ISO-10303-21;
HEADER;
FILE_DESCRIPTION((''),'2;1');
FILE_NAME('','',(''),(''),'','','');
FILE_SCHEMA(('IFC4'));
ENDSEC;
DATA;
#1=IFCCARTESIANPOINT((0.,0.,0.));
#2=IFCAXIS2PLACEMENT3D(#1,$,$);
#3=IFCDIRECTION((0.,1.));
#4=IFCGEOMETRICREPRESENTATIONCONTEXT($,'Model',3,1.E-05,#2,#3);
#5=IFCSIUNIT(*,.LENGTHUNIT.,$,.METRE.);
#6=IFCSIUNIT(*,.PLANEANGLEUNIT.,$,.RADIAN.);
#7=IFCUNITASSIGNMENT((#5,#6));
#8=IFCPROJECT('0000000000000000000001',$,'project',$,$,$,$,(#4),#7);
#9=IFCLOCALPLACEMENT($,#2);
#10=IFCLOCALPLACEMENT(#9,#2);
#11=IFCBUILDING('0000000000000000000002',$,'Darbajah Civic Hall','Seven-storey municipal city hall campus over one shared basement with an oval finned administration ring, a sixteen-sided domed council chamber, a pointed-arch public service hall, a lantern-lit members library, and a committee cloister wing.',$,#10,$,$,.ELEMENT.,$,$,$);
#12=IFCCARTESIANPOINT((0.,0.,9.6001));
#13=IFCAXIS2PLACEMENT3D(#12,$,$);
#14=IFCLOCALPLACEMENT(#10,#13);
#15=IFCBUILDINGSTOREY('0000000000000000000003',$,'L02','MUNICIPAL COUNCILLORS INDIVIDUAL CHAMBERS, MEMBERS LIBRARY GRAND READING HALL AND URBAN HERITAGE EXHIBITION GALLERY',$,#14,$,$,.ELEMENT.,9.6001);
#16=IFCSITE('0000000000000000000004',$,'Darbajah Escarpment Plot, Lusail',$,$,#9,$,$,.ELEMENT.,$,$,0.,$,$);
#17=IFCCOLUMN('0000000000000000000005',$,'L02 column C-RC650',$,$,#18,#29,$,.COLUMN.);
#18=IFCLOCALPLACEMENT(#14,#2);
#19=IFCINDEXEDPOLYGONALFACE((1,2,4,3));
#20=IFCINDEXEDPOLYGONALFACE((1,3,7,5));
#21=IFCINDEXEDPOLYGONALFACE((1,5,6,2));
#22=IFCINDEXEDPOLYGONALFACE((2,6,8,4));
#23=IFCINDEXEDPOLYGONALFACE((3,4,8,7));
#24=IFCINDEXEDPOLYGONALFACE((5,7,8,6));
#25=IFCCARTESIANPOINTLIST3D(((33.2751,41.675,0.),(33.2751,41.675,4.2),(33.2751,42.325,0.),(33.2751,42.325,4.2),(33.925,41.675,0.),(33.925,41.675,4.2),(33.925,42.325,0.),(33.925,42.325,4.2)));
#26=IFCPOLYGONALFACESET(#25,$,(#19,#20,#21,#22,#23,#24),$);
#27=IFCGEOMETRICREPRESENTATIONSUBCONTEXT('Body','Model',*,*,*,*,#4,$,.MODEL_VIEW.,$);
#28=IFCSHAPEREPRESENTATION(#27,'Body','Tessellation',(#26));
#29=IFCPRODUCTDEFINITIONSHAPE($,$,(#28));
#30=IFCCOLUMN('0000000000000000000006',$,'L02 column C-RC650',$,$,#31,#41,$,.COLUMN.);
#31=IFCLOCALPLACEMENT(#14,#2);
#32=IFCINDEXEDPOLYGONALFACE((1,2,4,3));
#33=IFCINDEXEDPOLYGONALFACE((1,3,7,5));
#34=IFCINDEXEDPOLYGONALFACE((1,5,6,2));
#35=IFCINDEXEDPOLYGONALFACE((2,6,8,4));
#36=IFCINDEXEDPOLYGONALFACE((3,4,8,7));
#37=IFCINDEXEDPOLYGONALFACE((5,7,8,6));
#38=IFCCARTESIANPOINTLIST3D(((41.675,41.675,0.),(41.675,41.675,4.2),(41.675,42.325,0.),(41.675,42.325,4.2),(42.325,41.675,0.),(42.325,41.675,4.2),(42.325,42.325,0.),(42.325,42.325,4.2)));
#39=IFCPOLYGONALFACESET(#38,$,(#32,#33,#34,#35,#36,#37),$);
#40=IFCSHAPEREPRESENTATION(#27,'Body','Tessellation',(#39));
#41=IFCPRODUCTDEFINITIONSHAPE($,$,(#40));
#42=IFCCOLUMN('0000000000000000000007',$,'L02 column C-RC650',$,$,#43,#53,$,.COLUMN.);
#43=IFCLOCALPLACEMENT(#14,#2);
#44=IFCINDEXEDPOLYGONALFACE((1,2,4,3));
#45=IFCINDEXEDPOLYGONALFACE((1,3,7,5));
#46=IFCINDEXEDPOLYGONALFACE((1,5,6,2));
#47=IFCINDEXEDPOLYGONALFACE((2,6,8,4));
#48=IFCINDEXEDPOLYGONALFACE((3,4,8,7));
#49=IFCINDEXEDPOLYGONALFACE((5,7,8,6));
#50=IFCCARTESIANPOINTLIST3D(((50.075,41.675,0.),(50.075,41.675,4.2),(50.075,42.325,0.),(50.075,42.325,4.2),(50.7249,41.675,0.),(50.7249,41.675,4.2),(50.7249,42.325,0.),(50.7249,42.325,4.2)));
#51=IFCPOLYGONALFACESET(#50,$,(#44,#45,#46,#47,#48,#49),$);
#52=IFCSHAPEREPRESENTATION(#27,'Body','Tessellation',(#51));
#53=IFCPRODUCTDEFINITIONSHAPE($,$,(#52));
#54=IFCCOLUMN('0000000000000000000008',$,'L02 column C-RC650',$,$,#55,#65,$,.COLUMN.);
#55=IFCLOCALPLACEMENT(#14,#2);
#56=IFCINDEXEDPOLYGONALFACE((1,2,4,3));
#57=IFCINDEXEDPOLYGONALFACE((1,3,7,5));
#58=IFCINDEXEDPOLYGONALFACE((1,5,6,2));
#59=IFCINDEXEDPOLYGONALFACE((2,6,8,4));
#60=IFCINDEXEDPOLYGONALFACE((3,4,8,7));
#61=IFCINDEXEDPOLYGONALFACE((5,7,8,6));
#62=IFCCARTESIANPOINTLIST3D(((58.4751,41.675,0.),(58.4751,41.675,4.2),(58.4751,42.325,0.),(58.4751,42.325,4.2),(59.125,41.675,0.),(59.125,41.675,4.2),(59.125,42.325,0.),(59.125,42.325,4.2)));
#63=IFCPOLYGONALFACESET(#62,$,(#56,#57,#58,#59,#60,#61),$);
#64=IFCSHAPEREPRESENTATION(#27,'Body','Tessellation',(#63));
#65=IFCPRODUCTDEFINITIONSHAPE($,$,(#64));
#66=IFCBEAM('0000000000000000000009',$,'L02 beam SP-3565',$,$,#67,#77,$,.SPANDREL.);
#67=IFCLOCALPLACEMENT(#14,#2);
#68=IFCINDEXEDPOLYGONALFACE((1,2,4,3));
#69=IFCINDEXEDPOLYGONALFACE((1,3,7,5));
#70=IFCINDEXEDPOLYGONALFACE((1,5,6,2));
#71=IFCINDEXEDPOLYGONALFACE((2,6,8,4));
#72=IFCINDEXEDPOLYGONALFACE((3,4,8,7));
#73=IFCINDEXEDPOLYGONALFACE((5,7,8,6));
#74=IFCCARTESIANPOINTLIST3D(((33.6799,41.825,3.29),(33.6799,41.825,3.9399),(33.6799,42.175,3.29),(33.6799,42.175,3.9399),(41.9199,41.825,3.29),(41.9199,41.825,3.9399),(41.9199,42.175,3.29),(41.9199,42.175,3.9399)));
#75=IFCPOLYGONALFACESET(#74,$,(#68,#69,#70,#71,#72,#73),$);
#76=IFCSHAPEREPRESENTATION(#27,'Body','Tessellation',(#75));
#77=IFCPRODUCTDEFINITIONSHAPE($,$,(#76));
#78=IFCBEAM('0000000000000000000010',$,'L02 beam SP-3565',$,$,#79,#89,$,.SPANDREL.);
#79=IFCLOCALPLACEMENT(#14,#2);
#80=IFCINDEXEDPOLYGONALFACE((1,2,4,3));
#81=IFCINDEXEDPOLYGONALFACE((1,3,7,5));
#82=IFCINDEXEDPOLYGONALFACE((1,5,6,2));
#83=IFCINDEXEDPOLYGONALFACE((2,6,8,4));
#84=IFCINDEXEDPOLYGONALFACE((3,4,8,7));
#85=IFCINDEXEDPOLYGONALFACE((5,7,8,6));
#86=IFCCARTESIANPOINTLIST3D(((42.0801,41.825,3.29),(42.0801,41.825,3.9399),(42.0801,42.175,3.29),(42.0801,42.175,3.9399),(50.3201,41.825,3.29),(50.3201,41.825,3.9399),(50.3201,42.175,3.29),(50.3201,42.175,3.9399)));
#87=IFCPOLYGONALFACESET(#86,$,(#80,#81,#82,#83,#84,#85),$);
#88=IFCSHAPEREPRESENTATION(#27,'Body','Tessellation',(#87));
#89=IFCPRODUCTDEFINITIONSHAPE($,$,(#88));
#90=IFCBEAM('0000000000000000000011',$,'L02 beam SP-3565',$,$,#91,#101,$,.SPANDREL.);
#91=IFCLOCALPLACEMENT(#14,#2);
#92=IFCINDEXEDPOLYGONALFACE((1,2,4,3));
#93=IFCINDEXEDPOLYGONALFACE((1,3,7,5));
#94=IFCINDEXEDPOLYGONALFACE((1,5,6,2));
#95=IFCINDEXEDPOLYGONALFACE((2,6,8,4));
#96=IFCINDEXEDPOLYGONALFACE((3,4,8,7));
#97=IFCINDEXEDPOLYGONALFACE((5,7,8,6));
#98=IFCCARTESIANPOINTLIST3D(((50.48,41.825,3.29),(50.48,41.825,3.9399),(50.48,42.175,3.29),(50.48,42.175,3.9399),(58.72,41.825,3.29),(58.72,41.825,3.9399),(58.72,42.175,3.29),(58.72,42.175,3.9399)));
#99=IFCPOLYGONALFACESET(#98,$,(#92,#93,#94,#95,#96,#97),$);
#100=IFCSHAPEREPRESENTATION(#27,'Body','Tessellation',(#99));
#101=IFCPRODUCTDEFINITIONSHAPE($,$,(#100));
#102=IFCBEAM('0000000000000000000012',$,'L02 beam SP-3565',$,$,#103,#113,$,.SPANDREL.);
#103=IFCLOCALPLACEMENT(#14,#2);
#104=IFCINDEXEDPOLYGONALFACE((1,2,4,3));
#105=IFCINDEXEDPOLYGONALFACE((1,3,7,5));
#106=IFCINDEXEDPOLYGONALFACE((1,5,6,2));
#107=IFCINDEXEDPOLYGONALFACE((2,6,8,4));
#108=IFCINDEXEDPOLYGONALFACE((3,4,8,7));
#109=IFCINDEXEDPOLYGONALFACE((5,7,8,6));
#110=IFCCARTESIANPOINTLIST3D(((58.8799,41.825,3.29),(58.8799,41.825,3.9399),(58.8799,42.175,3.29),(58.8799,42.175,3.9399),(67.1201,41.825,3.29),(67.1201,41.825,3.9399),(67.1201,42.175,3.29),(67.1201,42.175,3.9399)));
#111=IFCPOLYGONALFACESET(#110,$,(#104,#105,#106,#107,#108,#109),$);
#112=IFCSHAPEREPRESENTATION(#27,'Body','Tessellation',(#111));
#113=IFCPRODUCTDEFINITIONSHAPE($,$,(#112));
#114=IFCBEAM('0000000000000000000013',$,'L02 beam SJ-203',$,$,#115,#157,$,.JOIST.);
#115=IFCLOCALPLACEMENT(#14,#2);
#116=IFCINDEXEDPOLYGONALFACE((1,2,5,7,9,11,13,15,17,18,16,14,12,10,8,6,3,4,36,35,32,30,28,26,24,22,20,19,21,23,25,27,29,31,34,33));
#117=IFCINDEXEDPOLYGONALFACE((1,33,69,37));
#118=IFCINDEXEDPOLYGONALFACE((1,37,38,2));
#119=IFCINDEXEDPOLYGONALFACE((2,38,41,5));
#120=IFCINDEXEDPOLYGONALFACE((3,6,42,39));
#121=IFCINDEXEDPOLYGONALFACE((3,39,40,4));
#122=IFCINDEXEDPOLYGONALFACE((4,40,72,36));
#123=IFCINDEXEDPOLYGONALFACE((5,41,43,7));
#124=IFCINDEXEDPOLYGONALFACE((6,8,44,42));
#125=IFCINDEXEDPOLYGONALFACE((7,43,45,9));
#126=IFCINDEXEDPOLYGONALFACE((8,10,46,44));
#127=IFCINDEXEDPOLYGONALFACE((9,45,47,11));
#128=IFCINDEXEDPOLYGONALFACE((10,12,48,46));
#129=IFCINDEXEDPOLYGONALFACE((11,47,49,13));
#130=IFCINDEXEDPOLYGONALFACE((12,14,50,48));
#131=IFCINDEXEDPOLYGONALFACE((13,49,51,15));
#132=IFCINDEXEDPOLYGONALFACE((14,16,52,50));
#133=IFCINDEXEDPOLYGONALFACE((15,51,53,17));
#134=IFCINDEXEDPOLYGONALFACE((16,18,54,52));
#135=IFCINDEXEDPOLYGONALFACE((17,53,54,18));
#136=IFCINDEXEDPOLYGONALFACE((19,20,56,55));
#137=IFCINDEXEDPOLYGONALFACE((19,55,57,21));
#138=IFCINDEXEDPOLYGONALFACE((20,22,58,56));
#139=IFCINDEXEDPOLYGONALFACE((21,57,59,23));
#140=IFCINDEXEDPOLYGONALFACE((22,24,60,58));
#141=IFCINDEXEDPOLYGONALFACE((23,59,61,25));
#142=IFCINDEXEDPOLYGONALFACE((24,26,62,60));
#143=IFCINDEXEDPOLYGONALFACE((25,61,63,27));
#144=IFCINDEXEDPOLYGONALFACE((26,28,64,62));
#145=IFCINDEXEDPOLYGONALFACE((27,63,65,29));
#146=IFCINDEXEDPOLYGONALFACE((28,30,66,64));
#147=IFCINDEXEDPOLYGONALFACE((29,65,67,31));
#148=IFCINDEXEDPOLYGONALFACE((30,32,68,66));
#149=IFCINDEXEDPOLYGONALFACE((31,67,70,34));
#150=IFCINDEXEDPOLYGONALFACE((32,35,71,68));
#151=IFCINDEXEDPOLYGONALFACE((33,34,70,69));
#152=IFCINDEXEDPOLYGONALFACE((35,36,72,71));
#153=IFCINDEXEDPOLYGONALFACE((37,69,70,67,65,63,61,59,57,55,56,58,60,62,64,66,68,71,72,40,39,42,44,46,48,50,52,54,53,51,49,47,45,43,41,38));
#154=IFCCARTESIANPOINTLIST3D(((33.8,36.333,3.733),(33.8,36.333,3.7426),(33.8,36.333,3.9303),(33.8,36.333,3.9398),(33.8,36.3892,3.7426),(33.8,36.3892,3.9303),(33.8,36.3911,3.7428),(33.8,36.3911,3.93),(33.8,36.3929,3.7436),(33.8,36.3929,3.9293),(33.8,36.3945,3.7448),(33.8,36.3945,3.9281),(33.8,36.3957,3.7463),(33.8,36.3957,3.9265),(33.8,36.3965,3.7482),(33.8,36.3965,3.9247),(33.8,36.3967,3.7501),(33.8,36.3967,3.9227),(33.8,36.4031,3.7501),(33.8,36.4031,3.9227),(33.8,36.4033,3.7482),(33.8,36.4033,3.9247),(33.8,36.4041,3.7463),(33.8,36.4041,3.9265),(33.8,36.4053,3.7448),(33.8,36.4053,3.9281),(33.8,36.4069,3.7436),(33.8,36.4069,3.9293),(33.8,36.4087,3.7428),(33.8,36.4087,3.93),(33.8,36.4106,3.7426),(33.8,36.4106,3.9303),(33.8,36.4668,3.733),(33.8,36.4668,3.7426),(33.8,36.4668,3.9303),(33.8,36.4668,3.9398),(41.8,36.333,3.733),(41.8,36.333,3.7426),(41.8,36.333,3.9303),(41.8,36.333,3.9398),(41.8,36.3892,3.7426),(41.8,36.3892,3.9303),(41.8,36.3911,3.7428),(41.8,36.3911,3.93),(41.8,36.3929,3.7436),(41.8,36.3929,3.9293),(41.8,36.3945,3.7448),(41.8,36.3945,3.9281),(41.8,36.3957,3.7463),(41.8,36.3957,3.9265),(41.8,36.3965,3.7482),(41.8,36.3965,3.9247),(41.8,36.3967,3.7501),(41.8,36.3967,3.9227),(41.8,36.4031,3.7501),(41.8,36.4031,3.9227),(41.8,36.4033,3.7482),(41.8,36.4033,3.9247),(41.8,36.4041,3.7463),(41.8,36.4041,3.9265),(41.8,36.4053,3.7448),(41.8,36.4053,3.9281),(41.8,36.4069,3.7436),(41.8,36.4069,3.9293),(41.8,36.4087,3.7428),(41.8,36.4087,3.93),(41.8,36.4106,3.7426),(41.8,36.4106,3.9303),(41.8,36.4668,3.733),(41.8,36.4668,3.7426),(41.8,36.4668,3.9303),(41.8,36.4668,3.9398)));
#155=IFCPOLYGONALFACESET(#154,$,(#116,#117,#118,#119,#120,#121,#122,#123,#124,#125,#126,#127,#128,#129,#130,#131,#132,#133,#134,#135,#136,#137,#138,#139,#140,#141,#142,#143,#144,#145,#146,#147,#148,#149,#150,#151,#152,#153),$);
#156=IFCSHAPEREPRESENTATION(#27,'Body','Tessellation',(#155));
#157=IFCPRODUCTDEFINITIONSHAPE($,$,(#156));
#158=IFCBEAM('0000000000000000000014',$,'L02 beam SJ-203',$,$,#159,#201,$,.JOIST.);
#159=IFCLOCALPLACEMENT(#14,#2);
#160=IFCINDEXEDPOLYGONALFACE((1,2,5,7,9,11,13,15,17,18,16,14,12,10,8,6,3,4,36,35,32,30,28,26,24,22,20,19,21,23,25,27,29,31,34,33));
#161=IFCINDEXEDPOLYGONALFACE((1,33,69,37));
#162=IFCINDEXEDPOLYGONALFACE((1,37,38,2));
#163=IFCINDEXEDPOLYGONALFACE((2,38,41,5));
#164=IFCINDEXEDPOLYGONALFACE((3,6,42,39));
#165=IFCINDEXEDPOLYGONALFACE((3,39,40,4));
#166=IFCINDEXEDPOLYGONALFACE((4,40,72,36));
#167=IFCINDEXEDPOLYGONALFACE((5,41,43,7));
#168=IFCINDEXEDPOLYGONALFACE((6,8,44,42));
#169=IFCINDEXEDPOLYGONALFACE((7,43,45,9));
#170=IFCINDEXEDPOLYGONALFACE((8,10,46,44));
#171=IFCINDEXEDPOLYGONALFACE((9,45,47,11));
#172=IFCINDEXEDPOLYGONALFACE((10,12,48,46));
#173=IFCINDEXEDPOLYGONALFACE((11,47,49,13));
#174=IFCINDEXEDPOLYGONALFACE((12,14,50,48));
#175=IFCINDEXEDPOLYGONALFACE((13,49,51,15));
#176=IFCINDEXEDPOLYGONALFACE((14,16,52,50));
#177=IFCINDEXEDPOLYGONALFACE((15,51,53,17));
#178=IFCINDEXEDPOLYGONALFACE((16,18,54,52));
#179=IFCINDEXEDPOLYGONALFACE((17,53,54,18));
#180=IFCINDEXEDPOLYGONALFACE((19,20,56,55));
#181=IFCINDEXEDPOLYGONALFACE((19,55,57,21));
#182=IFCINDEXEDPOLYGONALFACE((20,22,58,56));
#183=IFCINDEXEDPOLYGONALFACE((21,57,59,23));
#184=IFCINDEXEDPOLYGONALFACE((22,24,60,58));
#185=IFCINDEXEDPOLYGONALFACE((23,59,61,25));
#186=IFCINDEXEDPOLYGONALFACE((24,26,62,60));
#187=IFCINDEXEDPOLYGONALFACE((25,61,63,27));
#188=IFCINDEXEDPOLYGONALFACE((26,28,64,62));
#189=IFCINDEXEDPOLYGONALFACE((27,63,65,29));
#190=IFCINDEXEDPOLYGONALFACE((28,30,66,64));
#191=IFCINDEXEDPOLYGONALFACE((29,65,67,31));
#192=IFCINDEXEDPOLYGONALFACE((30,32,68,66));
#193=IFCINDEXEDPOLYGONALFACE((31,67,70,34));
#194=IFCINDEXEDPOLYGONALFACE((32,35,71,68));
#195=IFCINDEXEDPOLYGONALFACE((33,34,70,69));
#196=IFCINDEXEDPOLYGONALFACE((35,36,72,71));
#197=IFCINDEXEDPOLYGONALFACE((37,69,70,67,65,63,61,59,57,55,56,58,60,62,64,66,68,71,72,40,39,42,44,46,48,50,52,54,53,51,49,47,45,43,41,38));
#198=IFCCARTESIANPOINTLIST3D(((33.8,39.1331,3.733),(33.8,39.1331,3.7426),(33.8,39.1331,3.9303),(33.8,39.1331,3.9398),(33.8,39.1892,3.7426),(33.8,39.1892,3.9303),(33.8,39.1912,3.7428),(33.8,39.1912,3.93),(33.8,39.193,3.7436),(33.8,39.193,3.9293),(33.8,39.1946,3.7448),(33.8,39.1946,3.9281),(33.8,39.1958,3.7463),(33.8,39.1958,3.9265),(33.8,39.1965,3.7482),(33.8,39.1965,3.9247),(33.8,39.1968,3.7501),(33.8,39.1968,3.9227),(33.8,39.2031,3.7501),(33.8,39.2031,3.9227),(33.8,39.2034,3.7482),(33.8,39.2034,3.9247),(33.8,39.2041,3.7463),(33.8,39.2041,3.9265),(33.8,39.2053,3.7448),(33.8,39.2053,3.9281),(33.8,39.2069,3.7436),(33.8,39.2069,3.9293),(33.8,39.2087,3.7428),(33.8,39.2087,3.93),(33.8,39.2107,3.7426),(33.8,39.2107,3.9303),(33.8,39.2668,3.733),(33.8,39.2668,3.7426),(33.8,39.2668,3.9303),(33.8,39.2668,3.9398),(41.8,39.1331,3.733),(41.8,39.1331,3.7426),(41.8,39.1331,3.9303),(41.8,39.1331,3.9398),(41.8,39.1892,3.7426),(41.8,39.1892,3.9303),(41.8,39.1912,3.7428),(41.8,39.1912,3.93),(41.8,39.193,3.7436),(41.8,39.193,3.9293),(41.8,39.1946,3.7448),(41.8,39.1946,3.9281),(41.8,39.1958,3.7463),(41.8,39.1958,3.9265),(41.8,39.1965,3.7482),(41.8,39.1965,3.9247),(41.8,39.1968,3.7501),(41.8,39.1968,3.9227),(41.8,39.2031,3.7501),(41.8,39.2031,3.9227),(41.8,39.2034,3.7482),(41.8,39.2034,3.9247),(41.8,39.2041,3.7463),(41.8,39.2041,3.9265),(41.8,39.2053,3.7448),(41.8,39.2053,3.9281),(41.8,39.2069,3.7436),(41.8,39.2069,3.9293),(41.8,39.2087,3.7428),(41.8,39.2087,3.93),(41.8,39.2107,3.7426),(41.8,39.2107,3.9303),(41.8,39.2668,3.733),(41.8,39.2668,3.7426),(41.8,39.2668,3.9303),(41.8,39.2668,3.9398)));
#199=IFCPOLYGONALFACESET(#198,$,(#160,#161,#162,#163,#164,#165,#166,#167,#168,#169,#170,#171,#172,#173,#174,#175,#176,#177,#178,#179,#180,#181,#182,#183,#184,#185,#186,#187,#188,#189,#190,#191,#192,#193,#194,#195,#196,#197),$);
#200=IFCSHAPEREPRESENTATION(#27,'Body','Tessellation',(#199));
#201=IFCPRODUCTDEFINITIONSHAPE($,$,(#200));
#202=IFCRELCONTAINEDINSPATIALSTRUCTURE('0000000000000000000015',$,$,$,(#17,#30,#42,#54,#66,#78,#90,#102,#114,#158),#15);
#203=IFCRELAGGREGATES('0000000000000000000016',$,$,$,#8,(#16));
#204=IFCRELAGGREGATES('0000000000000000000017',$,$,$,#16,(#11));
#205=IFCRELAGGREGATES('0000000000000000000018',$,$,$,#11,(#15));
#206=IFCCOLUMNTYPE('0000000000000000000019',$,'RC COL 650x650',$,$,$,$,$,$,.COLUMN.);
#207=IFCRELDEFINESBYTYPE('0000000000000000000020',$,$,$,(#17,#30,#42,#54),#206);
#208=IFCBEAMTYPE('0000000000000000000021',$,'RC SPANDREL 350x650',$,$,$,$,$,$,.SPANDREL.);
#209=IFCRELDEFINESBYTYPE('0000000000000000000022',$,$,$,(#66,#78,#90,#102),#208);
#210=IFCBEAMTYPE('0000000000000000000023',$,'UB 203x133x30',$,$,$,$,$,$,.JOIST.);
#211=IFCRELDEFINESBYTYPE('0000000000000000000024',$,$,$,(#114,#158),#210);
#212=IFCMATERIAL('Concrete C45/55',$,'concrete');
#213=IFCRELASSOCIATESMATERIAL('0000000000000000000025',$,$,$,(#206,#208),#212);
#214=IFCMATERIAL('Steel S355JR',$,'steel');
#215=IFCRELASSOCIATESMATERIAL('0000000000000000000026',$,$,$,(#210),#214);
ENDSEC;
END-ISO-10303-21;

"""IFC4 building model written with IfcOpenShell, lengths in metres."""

from ifc_helpers import new_model, si_unit, direction, frame, origin, origin_2d, place, context, subcontext, project, spatial, rectangle, i_section, extrude, material, material_profile, profile_set, type_object, element, save


model = new_model("IFC4")

# Units and contexts
model_context = context("Model", 3, precision=1e-05, world=origin(), true_north=direction((0.0, 1.0)))
body_context = subcontext(model_context, "Body", "Model", "MODEL_VIEW")
ifc_project = project(units=[si_unit("LENGTHUNIT", "METRE"), si_unit("PLANEANGLEUNIT", "RADIAN")], contexts=[model_context])

# Site, building, storey
site_placement = place(None, origin())
site = spatial("IfcSite", under=ifc_project, at=site_placement, Name="Darbajah Escarpment Plot, Lusail", CompositionType="ELEMENT", RefElevation=0.0)
building_placement = place(site_placement, origin())
building = spatial("IfcBuilding", under=site, at=building_placement, Name="Darbajah Civic Hall", Description="Seven-storey municipal city hall campus over one shared basement with an oval finned administration ring, a sixteen-sided domed council chamber, a pointed-arch public service hall, a lantern-lit members library, and a committee cloister wing.", CompositionType="ELEMENT")
storey_placement = place(building_placement, frame((0.0, 0.0, 9.6001)))
storey = spatial("IfcBuildingStorey", under=building, at=storey_placement, Name="L02", Description="MUNICIPAL COUNCILLORS INDIVIDUAL CHAMBERS, MEMBERS LIBRARY GRAND READING HALL AND URBAN HERITAGE EXHIBITION GALLERY", CompositionType="ELEMENT", Elevation=9.6001)

# Columns
ifc_material_1 = material(Name="Concrete C45/55", Category="concrete")
ifc_material_profile_1 = material_profile(ifc_material_1, rectangle(XDim=0.6499, YDim=0.6499, at=origin_2d()), Name="RC COL 650x650")
ifc_profile_set_1 = profile_set([ifc_material_profile_1], Name="Concrete C45/55")
column_type = type_object("IfcColumnType", Name="RC COL 650x650", PredefinedType="COLUMN", material=ifc_profile_set_1)
for number, where, z_axis, x_axis, name in (
    (1, (33.6001, 42.0, 0.0), (0.0, 0.0, 1.0), (1.0, 0.0, 0.0), "L02 column C-RC650"),
    (2, (42.0, 42.0, 0.0), (0.0, 0.0, 1.0), (1.0, 0.0, 0.0), "L02 column C-RC650"),
    (3, (50.3999, 42.0, 0.0), (0.0, 0.0, 1.0), (1.0, 0.0, 0.0), "L02 column C-RC650"),
    (4, (58.8, 42.0, 0.0), (0.0, 0.0, 1.0), (1.0, 0.0, 0.0), "L02 column C-RC650"),
):
    element("IfcColumn", number, at=place(storey_placement, frame(where, z_axis=z_axis, x_axis=x_axis)), inside=storey, type_object=column_type, Name=name, PredefinedType="COLUMN", context=body_context, shape_type="SweptSolid", body=[
        extrude(rectangle(XDim=0.6499, YDim=0.6499, at=origin_2d()), origin(), (0.0, 0.0, 1.0), 4.2),
    ])

# Beams
ifc_material_profile_2 = material_profile(ifc_material_1, rectangle(XDim=0.3501, YDim=0.6499, at=origin_2d()), Name="RC SPANDREL 350x650")
ifc_profile_set_2 = profile_set([ifc_material_profile_2], Name="Concrete C45/55")
beam_type_1 = type_object("IfcBeamType", Name="RC SPANDREL 350x650", PredefinedType="SPANDREL", material=ifc_profile_set_2)
for number, where, z_axis, x_axis, name in (
    (5, (33.6799, 42.0, 3.615), (1.0, 0.0, 0.0), (0.0, 1.0, 0.0), "L02 beam SP-3565"),
    (6, (42.0801, 42.0, 3.615), (1.0, 0.0, 0.0), (0.0, 1.0, 0.0), "L02 beam SP-3565"),
    (7, (50.48, 42.0, 3.615), (1.0, 0.0, 0.0), (0.0, 1.0, 0.0), "L02 beam SP-3565"),
):
    element("IfcBeam", number, at=place(storey_placement, frame(where, z_axis=z_axis, x_axis=x_axis)), inside=storey, type_object=beam_type_1, Name=name, PredefinedType="SPANDREL", context=body_context, shape_type="SweptSolid", body=[
        extrude(rectangle(XDim=0.3501, YDim=0.6499, at=origin_2d()), origin(), (0.0, 0.0, 1.0), 8.24),
    ])
beam_1_placement = place(storey_placement, frame((58.8799, 42.0, 3.615), z_axis=(1.0, 0.0, 0.0), x_axis=(0.0, 1.0, 0.0)))
element("IfcBeam", 8, at=beam_1_placement, inside=storey, type_object=beam_type_1, Name="L02 beam SP-3565", PredefinedType="SPANDREL", context=body_context, shape_type="SweptSolid", body=[
    extrude(rectangle(XDim=0.3501, YDim=0.6499, at=origin_2d()), origin(), (0.0, 0.0, 1.0), 8.2402),
])
ifc_material_2 = material(Name="Steel S355JR", Category="steel")
ifc_material_profile_3 = material_profile(ifc_material_2, i_section(OverallWidth=0.1338, OverallDepth=0.2068, WebThickness=0.0063, FlangeThickness=0.0095, FilletRadius=0.0076, at=origin_2d()), Name="UB 203x133x30")
ifc_profile_set_3 = profile_set([ifc_material_profile_3], Name="Steel S355JR")
beam_type_2 = type_object("IfcBeamType", Name="UB 203x133x30", PredefinedType="JOIST", material=ifc_profile_set_3)
for number, where, z_axis, x_axis, name in (
    (9, (33.8, 36.3999, 3.8364), (1.0, 0.0, 0.0), (0.0, 1.0, 0.0), "L02 beam SJ-203"),
    (10, (33.8, 39.2, 3.8364), (1.0, 0.0, 0.0), (0.0, 1.0, 0.0), "L02 beam SJ-203"),
):
    element("IfcBeam", number, at=place(storey_placement, frame(where, z_axis=z_axis, x_axis=x_axis)), inside=storey, type_object=beam_type_2, Name=name, PredefinedType="JOIST", context=body_context, shape_type="SweptSolid", body=[
        extrude(i_section(OverallWidth=0.1338, OverallDepth=0.2068, WebThickness=0.0063, FlangeThickness=0.0095, FilletRadius=0.0076, at=origin_2d()), origin(), (0.0, 0.0, 1.0), 8.0),
    ])

save(model, "model.ifc")
